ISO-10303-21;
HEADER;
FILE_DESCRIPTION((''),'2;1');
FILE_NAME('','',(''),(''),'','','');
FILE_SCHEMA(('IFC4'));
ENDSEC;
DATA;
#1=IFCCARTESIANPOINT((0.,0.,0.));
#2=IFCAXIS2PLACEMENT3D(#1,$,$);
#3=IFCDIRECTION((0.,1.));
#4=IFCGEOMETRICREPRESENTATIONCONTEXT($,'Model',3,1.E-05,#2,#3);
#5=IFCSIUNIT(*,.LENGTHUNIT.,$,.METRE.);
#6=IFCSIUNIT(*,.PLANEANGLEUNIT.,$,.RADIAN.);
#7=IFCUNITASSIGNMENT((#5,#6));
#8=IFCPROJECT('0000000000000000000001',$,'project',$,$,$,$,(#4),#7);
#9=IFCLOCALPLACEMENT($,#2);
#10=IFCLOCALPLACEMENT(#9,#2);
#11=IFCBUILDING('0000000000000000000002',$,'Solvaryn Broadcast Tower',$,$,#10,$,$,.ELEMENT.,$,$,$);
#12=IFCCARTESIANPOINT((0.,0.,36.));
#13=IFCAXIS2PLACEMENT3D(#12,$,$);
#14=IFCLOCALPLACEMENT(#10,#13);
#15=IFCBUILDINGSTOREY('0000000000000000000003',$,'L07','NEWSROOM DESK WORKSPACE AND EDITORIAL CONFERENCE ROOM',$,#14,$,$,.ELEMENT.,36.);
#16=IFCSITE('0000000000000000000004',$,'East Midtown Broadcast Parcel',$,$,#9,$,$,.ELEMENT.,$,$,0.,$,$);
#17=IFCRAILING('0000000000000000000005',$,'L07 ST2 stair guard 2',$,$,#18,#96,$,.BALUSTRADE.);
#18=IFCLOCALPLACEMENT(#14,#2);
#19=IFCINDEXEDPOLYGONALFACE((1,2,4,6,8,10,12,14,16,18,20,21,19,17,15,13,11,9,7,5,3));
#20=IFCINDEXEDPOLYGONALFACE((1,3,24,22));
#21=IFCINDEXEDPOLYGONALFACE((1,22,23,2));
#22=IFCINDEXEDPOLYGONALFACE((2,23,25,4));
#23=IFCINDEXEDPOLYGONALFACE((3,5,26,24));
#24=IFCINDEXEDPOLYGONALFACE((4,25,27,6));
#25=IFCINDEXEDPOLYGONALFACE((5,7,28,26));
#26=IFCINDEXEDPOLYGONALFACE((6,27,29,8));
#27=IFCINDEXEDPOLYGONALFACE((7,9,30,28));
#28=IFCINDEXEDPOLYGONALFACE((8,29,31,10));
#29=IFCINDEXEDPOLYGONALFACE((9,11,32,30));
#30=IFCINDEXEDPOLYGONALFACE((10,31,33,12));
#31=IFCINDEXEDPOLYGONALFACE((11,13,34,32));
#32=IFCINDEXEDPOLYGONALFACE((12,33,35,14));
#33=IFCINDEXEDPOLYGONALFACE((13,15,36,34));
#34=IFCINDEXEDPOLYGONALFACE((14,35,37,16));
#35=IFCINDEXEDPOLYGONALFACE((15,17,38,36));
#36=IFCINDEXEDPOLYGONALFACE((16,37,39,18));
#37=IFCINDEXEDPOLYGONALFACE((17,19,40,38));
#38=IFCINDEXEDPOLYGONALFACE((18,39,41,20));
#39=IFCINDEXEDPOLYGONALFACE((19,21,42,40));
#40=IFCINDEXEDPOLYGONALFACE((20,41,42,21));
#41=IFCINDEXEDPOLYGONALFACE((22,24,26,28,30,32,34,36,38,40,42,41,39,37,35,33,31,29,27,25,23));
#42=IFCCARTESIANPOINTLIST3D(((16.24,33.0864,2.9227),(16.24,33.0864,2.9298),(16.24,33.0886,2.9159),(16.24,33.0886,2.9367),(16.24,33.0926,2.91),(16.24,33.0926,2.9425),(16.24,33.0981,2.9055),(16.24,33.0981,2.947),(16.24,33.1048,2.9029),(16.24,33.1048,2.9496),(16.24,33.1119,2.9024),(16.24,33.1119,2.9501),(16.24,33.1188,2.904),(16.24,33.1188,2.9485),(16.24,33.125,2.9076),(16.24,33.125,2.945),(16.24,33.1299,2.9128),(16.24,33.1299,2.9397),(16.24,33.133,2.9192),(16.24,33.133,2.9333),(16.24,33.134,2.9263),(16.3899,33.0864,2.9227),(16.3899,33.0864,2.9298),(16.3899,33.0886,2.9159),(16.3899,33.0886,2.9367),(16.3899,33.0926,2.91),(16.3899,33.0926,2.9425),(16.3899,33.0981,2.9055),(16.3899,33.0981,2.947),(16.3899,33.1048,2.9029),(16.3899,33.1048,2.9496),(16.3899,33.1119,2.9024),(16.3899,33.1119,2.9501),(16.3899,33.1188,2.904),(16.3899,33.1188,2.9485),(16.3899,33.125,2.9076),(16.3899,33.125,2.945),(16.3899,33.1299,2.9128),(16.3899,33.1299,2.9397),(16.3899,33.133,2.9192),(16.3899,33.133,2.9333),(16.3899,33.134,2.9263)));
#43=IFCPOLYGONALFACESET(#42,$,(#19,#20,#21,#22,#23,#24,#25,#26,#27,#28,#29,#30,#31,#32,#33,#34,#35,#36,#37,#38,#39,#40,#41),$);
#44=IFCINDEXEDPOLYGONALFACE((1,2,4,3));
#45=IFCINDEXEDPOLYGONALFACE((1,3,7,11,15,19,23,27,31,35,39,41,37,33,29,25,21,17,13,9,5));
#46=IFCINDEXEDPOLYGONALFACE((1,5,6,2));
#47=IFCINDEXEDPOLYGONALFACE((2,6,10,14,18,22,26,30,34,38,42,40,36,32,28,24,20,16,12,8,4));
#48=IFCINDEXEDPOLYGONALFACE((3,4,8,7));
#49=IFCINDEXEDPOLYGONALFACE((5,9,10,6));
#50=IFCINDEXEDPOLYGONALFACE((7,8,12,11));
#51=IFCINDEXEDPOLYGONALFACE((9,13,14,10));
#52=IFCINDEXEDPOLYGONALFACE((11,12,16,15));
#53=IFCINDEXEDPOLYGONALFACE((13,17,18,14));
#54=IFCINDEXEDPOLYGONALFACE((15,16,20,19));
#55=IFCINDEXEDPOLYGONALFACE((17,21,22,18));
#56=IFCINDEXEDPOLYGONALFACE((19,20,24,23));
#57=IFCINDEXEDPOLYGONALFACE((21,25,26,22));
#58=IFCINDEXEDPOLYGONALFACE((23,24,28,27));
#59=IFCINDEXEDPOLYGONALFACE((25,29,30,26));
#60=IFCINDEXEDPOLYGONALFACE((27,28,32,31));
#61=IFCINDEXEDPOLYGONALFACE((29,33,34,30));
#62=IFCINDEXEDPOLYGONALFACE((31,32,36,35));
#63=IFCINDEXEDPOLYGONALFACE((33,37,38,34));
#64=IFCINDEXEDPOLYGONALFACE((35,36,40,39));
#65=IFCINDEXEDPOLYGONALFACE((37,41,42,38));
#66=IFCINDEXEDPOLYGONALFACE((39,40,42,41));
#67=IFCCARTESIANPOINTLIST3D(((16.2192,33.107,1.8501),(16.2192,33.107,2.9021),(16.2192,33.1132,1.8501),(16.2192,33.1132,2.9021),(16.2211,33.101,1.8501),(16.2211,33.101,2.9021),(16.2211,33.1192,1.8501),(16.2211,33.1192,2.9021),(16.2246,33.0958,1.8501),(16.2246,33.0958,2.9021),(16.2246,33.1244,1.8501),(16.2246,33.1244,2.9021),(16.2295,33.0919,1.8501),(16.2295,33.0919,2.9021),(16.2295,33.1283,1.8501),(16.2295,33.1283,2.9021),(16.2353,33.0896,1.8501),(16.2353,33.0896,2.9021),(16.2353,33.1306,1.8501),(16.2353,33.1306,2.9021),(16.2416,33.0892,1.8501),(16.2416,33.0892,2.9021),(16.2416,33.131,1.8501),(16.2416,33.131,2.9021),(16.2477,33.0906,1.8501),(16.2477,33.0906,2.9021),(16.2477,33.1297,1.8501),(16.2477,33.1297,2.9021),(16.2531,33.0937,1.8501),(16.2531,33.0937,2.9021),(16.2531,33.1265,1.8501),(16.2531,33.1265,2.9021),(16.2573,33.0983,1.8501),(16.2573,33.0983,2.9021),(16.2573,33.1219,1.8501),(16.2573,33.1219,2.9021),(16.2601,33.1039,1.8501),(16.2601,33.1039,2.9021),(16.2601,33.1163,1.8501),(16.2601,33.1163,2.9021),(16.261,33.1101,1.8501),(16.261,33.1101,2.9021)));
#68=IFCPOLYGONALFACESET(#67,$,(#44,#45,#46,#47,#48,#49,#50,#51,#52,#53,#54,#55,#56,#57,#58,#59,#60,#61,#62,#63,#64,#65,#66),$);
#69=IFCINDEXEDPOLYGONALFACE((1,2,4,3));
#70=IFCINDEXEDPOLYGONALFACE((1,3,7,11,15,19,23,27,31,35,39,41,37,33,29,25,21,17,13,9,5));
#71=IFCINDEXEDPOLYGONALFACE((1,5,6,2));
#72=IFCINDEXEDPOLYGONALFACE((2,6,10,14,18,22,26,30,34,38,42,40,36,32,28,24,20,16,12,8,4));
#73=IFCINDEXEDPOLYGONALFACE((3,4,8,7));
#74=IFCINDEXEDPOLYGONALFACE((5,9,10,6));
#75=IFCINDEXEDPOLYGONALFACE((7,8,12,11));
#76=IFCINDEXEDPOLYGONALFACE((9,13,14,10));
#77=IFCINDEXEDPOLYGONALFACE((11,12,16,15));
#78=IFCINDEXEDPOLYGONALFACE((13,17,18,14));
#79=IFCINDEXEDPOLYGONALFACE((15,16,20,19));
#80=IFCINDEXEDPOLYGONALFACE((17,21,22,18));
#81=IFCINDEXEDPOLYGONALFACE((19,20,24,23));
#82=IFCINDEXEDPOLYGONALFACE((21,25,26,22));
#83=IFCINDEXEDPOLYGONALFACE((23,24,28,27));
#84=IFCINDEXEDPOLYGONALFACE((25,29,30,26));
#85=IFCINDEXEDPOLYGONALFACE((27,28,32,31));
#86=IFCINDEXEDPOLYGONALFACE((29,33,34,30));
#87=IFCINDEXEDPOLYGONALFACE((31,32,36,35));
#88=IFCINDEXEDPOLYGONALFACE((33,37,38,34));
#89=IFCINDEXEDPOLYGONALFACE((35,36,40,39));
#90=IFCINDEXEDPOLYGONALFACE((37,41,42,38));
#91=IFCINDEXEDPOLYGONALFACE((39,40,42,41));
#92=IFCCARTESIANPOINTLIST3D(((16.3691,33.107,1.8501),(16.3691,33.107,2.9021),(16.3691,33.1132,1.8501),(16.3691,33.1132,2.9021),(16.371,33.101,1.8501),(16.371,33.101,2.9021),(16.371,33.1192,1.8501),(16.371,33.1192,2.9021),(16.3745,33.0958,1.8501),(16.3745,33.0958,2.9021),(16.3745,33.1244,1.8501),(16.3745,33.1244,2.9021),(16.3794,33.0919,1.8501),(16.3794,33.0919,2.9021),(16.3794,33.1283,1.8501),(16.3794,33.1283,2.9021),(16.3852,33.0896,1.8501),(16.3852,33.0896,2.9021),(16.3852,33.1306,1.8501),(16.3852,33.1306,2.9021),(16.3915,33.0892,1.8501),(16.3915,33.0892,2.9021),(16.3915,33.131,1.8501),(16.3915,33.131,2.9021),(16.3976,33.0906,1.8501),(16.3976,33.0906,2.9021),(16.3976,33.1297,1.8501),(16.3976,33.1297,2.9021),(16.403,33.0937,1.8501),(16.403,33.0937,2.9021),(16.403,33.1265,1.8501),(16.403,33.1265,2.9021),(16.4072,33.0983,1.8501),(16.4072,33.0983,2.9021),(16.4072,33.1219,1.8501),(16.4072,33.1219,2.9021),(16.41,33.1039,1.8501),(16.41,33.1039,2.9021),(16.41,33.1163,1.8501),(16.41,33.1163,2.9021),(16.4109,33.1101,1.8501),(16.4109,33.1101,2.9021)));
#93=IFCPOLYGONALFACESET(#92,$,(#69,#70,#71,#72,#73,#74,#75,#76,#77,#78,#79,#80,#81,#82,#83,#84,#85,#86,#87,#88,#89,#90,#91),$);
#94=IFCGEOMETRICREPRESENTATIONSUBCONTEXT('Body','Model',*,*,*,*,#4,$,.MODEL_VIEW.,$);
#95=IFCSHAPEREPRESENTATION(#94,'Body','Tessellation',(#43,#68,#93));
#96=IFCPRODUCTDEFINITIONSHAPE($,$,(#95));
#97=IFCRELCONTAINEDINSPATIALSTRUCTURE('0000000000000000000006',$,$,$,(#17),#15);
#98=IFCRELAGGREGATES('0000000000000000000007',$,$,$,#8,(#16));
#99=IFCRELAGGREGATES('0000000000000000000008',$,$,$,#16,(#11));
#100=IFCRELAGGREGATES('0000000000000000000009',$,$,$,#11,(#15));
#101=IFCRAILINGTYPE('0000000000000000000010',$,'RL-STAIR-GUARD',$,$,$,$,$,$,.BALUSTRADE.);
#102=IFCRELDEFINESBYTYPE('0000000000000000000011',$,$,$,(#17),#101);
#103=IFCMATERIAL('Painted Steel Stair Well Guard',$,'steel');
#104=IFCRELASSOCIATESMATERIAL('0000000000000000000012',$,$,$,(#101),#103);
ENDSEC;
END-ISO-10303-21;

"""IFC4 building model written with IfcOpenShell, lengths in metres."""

from ifc_helpers import new_model, si_unit, direction, frame, origin, origin_2d, place, context, subcontext, project, spatial, circle, extrude, material, type_object, element, save


model = new_model("IFC4")

# Units and contexts
model_context = context("Model", 3, precision=1e-05, world=origin(), true_north=direction((0.0, 1.0)))
body_context = subcontext(model_context, "Body", "Model", "MODEL_VIEW")
ifc_project = project(units=[si_unit("LENGTHUNIT", "METRE"), si_unit("PLANEANGLEUNIT", "RADIAN")], contexts=[model_context])

# Site, building, storey
site_placement = place(None, origin())
site = spatial("IfcSite", under=ifc_project, at=site_placement, Name="East Midtown Broadcast Parcel", CompositionType="ELEMENT", RefElevation=0.0)
building_placement = place(site_placement, origin())
building = spatial("IfcBuilding", under=site, at=building_placement, Name="Solvaryn Broadcast Tower", CompositionType="ELEMENT")
storey_placement = place(building_placement, frame((0.0, 0.0, 36.0)))
storey = spatial("IfcBuildingStorey", under=building, at=storey_placement, Name="L07", Description="NEWSROOM DESK WORKSPACE AND EDITORIAL CONFERENCE ROOM", CompositionType="ELEMENT", Elevation=36.0)

# Railing
ifc_material_1 = material(Name="Painted Steel Stair Well Guard", Category="steel")
railing_type_1 = type_object("IfcRailingType", Name="RL-STAIR-GUARD", PredefinedType="BALUSTRADE", material=ifc_material_1)
railing_1_placement = place(storey_placement, frame((16.24, 33.1101, 1.8501)))
element("IfcRailing", 1, at=railing_1_placement, inside=storey, type_object=railing_type_1, Name="L07 ST2 stair guard 2", PredefinedType="BALUSTRADE", context=body_context, shape_type="SweptSolid", body=[
    extrude(circle(Radius=0.0239, at=origin_2d()), frame((0.0, 0.0, 1.0762), z_axis=(1.0, 0.0, 0.0), x_axis=(0.0, 1.0, 0.0)), (0.0, 0.0, 1.0), 0.1499),
    extrude(circle(Radius=0.021, at=origin_2d()), origin(), (0.0, 0.0, 1.0), 1.052),
    extrude(circle(Radius=0.021, at=origin_2d()), frame((0.1499, 0.0, 0.0)), (0.0, 0.0, 1.0), 1.052),
])

save(model, "model.ifc")
